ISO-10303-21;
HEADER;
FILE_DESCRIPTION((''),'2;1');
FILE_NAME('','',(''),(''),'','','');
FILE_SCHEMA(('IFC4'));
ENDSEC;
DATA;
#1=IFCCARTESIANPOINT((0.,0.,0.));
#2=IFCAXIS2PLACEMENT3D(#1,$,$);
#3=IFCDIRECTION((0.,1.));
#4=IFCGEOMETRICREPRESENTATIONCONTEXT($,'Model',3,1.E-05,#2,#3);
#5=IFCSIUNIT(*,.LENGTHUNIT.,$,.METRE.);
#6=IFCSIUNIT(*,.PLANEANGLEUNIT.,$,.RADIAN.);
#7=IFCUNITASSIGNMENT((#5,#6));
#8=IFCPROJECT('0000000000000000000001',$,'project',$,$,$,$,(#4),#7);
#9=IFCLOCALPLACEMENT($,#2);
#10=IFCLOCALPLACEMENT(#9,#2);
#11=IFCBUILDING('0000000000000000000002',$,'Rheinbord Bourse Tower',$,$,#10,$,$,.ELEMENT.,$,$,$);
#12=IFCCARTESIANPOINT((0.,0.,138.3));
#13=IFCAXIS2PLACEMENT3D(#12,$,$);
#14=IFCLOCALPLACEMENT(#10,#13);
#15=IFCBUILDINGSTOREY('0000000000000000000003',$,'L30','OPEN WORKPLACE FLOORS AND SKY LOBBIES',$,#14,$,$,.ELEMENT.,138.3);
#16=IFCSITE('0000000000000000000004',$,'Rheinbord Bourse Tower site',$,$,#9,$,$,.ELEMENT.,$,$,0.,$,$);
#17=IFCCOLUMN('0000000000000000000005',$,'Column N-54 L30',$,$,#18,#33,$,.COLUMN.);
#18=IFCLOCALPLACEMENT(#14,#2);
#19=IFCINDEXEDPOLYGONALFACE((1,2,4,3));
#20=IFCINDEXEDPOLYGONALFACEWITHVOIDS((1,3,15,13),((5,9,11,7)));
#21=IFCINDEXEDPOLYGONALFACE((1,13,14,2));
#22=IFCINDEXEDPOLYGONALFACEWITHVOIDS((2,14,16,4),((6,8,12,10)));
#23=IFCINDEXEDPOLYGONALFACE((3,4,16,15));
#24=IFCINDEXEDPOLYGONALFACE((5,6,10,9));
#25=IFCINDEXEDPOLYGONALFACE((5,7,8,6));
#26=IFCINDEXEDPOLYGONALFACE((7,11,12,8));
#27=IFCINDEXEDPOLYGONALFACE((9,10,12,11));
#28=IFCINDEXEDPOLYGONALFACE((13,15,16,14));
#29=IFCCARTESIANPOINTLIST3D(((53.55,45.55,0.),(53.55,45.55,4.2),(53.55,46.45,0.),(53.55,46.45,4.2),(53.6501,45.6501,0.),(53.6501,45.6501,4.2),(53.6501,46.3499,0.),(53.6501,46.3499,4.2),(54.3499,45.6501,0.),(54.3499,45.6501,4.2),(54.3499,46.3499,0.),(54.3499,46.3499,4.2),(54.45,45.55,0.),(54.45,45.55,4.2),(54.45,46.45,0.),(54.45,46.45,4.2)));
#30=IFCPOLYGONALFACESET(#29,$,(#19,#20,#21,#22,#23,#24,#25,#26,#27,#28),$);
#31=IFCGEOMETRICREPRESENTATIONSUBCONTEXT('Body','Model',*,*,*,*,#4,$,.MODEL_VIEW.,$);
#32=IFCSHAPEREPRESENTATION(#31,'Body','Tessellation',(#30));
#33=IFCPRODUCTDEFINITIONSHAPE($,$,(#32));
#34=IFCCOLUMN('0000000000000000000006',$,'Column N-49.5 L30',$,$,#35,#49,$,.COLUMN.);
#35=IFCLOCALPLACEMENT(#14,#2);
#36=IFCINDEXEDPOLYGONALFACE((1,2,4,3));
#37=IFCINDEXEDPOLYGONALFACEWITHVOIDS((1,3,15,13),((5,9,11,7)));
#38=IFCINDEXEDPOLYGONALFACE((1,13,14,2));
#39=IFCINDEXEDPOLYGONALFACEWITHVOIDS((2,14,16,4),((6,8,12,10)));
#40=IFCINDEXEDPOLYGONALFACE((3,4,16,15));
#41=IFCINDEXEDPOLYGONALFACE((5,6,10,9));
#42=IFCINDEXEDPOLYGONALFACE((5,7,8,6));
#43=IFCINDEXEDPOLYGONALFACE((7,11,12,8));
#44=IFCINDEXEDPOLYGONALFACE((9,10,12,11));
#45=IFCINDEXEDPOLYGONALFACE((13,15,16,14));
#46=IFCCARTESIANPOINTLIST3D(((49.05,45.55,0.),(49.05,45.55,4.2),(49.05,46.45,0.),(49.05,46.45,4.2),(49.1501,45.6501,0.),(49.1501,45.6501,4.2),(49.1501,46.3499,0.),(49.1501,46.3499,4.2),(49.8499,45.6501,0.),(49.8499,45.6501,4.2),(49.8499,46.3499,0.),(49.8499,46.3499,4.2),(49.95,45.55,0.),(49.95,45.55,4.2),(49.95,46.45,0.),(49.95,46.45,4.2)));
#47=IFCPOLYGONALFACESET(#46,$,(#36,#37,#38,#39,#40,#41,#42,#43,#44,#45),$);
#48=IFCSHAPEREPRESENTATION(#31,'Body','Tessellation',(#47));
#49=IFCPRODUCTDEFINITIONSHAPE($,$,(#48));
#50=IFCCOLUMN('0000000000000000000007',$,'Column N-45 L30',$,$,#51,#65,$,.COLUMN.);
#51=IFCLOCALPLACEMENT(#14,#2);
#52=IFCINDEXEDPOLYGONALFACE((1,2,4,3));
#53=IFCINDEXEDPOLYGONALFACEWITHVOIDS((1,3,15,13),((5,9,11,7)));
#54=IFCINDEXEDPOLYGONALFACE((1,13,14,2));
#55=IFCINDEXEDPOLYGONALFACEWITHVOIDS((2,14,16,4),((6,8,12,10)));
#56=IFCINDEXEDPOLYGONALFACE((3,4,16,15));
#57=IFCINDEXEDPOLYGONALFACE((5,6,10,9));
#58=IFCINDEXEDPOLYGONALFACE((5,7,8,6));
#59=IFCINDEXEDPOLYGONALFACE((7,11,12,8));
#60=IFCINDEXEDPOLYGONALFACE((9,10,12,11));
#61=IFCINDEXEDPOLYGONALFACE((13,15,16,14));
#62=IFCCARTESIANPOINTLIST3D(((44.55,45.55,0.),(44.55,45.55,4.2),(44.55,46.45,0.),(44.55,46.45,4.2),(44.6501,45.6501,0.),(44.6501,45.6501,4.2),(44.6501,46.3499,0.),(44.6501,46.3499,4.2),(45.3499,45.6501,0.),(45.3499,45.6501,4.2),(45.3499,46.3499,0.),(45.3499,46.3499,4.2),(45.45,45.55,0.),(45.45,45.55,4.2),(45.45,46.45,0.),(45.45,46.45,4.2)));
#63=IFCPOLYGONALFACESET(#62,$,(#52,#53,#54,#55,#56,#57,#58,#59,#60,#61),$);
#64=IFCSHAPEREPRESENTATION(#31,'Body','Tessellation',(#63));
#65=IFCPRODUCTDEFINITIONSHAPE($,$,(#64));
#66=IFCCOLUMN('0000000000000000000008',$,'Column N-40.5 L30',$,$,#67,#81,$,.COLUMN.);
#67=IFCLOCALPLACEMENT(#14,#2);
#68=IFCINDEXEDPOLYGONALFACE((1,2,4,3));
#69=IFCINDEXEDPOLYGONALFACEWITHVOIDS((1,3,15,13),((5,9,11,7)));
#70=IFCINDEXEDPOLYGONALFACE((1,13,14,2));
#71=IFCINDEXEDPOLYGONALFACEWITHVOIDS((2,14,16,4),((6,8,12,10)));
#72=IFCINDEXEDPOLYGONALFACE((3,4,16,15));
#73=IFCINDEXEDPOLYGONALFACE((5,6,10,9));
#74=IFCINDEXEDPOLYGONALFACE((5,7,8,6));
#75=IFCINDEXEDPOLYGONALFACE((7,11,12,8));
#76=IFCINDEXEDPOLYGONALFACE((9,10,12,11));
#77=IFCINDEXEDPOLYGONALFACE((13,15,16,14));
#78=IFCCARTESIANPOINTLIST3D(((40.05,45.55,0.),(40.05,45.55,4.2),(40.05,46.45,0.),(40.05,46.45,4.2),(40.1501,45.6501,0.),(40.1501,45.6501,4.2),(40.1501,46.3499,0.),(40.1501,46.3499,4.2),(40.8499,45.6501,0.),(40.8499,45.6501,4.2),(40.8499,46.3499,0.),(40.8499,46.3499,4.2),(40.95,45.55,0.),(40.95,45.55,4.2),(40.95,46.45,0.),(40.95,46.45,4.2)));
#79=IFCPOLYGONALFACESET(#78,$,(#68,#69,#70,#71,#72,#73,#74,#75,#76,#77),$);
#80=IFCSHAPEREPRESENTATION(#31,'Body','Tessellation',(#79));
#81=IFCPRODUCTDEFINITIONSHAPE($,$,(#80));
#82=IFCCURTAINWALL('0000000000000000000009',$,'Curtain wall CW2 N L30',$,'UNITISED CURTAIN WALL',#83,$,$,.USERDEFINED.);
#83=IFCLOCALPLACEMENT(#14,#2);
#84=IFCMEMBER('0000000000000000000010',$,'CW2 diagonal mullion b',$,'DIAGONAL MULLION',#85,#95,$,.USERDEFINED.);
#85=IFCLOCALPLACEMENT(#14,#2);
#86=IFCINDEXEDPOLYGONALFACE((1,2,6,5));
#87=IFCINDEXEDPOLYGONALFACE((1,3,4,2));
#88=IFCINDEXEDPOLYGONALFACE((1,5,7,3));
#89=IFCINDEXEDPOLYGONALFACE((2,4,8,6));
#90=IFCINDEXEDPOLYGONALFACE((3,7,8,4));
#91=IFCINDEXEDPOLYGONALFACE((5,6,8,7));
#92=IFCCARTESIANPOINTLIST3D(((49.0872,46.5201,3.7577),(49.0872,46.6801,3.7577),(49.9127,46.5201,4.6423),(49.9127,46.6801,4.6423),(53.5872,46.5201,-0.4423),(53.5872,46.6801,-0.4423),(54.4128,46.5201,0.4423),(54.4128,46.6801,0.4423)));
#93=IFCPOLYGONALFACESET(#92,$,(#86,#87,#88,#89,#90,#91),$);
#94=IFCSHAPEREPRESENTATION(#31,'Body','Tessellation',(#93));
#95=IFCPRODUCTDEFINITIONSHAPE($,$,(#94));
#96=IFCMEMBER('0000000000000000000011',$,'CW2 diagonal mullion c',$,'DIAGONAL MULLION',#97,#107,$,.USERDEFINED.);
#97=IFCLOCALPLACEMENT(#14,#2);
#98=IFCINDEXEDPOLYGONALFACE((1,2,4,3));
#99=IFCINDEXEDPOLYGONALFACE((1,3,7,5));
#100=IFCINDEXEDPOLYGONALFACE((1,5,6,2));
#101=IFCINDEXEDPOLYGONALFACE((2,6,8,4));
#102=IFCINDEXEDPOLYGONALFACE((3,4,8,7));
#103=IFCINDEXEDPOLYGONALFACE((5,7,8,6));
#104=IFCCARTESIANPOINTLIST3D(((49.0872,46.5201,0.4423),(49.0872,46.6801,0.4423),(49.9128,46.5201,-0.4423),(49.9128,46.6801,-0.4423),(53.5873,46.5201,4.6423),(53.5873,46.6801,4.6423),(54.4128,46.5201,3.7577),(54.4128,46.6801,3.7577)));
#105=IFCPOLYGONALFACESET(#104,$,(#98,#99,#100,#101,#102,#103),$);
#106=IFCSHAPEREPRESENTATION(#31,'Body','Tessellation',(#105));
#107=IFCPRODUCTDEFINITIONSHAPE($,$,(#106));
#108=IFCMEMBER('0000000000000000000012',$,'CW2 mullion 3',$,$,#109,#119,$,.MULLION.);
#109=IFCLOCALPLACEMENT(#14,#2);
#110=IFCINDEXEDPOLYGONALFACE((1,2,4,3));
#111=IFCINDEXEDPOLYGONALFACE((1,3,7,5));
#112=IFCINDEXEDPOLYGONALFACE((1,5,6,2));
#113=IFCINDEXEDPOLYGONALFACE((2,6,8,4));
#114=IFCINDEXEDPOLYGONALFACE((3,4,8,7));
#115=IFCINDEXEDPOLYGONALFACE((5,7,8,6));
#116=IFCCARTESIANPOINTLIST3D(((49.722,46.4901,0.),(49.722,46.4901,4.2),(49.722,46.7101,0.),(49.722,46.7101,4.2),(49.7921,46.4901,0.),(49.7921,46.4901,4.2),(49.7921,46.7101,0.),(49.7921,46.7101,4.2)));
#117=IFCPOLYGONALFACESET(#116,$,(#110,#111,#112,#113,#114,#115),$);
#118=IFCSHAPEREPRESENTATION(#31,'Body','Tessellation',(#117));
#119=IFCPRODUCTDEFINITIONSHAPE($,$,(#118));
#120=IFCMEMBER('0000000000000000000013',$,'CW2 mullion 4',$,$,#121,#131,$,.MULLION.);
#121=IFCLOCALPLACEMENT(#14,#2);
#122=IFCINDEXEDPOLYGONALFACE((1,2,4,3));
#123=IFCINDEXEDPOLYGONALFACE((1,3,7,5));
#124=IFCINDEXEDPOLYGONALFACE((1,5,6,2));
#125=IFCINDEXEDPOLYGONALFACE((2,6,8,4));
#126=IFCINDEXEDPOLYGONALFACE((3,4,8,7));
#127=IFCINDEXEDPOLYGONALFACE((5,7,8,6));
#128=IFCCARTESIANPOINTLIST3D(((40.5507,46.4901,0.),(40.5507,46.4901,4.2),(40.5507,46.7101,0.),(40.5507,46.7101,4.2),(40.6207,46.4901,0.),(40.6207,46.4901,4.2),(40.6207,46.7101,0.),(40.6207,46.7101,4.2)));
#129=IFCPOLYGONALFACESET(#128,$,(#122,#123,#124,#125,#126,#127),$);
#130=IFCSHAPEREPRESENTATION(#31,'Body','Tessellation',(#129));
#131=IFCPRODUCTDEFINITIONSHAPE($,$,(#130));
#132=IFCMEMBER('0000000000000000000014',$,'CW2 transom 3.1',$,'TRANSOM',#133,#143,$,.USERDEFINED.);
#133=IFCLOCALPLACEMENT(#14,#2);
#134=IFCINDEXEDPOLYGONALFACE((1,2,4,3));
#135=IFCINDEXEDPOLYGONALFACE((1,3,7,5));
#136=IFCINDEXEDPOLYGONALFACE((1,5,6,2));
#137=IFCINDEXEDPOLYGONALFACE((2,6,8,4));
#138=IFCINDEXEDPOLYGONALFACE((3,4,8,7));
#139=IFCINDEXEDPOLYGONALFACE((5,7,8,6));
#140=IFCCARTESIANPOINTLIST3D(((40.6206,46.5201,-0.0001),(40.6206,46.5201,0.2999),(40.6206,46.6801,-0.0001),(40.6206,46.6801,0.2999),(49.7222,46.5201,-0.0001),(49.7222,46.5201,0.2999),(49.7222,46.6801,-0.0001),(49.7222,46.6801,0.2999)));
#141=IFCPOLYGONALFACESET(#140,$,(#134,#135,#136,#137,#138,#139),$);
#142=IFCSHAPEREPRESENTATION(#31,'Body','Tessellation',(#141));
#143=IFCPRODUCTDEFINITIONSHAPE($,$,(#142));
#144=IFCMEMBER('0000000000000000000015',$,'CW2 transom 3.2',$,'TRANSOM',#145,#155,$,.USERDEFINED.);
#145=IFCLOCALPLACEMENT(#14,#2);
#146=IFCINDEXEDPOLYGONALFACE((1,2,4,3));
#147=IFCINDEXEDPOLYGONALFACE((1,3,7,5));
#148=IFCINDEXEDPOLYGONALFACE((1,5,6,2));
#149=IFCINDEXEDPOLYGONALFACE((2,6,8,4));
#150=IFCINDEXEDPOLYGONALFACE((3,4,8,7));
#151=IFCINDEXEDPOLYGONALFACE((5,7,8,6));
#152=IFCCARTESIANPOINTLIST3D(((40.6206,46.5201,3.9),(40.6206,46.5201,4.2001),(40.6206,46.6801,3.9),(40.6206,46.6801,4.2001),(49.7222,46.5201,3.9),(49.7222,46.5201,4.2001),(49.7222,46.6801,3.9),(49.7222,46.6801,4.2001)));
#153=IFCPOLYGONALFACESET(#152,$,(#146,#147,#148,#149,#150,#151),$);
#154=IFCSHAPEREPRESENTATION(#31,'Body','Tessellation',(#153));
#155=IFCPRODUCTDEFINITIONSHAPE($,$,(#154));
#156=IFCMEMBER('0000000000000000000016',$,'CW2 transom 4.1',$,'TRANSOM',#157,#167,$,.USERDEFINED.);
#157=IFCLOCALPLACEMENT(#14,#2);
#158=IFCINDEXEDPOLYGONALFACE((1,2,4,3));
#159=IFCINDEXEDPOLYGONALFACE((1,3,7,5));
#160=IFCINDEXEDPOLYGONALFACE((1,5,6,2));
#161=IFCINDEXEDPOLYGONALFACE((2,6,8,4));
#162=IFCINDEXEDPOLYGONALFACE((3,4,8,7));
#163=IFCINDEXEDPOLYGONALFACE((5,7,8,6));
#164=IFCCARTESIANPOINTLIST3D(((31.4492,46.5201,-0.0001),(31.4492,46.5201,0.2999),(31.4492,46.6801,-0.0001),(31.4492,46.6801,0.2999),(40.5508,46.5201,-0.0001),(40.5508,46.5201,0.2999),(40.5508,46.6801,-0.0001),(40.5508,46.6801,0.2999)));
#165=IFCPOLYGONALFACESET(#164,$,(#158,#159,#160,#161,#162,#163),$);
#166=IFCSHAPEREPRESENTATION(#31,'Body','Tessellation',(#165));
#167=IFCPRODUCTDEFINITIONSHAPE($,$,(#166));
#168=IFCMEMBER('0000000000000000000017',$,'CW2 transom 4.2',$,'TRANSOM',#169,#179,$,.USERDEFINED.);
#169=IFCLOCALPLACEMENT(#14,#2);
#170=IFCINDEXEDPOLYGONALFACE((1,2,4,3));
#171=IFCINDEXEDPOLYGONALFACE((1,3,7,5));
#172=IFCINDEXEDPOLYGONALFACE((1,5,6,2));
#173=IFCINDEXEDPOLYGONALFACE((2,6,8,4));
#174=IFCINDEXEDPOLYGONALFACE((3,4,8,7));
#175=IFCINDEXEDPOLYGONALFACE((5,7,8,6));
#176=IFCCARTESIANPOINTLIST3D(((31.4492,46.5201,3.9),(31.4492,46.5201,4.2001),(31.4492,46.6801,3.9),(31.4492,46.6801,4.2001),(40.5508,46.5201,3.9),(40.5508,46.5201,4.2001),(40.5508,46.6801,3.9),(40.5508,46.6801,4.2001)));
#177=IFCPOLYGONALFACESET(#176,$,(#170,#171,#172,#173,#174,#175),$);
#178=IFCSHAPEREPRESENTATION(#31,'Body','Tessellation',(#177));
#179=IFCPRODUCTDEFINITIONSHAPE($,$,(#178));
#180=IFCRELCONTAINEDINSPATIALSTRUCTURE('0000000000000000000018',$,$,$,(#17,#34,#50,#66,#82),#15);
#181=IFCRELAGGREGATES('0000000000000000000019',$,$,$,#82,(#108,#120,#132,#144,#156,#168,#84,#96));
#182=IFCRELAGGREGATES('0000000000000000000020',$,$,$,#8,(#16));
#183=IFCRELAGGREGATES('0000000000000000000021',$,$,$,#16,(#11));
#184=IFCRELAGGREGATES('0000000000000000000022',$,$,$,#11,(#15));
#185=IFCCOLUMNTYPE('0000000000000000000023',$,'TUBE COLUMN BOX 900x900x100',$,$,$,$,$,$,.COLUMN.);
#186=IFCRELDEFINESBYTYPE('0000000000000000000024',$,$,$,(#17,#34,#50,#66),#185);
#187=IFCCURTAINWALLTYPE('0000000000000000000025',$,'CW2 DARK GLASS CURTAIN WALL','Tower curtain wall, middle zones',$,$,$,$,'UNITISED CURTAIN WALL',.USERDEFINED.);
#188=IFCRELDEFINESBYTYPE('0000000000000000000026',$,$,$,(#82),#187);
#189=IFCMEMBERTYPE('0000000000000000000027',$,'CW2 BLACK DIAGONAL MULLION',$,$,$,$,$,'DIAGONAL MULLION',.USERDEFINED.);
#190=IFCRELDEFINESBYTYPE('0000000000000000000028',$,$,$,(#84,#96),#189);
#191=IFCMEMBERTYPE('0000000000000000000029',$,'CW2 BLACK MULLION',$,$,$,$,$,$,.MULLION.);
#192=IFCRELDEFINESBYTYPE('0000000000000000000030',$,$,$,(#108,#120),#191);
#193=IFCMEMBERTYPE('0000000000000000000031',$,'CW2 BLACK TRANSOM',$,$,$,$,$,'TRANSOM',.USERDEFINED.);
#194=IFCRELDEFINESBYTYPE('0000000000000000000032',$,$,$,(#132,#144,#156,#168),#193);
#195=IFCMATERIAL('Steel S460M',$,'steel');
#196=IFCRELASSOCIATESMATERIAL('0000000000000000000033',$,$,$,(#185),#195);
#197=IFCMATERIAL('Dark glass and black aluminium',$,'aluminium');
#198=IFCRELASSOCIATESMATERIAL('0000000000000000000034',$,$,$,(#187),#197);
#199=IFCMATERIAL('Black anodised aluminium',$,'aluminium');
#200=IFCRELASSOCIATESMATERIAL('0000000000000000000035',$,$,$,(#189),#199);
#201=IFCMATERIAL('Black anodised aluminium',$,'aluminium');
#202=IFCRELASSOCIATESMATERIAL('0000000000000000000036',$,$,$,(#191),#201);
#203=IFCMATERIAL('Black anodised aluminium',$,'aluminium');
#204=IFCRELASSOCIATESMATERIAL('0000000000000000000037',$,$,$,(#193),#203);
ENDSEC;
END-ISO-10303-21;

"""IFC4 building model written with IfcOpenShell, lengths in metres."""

from ifc_helpers import new_model, si_unit, direction, frame, origin, origin_2d, place, context, subcontext, project, spatial, rectangle, hollow_rectangle, extrude, material, material_profile, profile_set, type_object, element, aggregate, save


model = new_model("IFC4")

# Units and contexts
model_context = context("Model", 3, precision=1e-05, world=origin(), true_north=direction((0.0, 1.0)))
body_context = subcontext(model_context, "Body", "Model", "MODEL_VIEW")
ifc_project = project(units=[si_unit("LENGTHUNIT", "METRE"), si_unit("PLANEANGLEUNIT", "RADIAN")], contexts=[model_context])

# Site, building, storey
site_placement = place(None, origin())
site = spatial("IfcSite", under=ifc_project, at=site_placement, Name="Rheinbord Bourse Tower site", CompositionType="ELEMENT", RefElevation=0.0)
building_placement = place(site_placement, origin())
building = spatial("IfcBuilding", under=site, at=building_placement, Name="Rheinbord Bourse Tower", CompositionType="ELEMENT")
storey_placement = place(building_placement, frame((0.0, 0.0, 138.3)))
storey = spatial("IfcBuildingStorey", under=building, at=storey_placement, Name="L30", Description="OPEN WORKPLACE FLOORS AND SKY LOBBIES", CompositionType="ELEMENT", Elevation=138.3)

# Columns
ifc_material_1 = material(Name="Steel S460M", Category="steel")
ifc_material_profile_1 = material_profile(ifc_material_1, hollow_rectangle(XDim=0.8999, YDim=0.8999, WallThickness=0.1001, at=origin_2d()), Name="BOX 900x900x100")
ifc_profile_set_1 = profile_set([ifc_material_profile_1], Name="Steel S460M")
column_type = type_object("IfcColumnType", Name="TUBE COLUMN BOX 900x900x100", PredefinedType="COLUMN", material=ifc_profile_set_1)
for number, where, z_axis, x_axis, name in (
    (1, (54.0, 46.0, 0.0), (0.0, 0.0, 1.0), (0.0, 1.0, 0.0), "Column N-54 L30"),
    (2, (49.5, 46.0, 0.0), (0.0, 0.0, 1.0), (0.0, 1.0, 0.0), "Column N-49.5 L30"),
    (3, (45.0, 46.0, 0.0), (0.0, 0.0, 1.0), (0.0, 1.0, 0.0), "Column N-45 L30"),
    (4, (40.5, 46.0, 0.0), (0.0, 0.0, 1.0), (0.0, 1.0, 0.0), "Column N-40.5 L30"),
):
    element("IfcColumn", number, at=place(storey_placement, frame(where, z_axis=z_axis, x_axis=x_axis)), inside=storey, type_object=column_type, Name=name, PredefinedType="COLUMN", context=body_context, shape_type="SweptSolid", body=[
        extrude(hollow_rectangle(XDim=0.8999, YDim=0.8999, WallThickness=0.1001, at=origin_2d()), origin(), (0.0, 0.0, 1.0), 4.2),
    ])

# Curtain wall, members
ifc_material_2 = material(Name="Dark glass and black aluminium", Category="aluminium")
curtain_wall_type = type_object("IfcCurtainWallType", Name="CW2 DARK GLASS CURTAIN WALL", Description="Tower curtain wall, middle zones", ElementType="UNITISED CURTAIN WALL", PredefinedType="USERDEFINED", material=ifc_material_2)
curtain_wall_placement = place(storey_placement, origin())
curtain_wall = element("IfcCurtainWall", 5, at=curtain_wall_placement, inside=storey, type_object=curtain_wall_type, Name="Curtain wall CW2 N L30", ObjectType="UNITISED CURTAIN WALL", PredefinedType="USERDEFINED")
ifc_material_3 = material(Name="Black anodised aluminium", Category="aluminium")
ifc_material_profile_2 = material_profile(ifc_material_3, rectangle(XDim=0.1599, YDim=1.21, at=origin_2d()), Name="CW2 DIAGONAL MULLION 1210x160")
ifc_profile_set_2 = profile_set([ifc_material_profile_2], Name="Black anodised aluminium")
member_type_1 = type_object("IfcMemberType", Name="CW2 BLACK DIAGONAL MULLION", ElementType="DIAGONAL MULLION", PredefinedType="USERDEFINED", material=ifc_profile_set_2)
member_1_placement = place(storey_placement, frame((54.0, 46.6001, 0.0), z_axis=(-0.731059, 0.0, 0.682314), x_axis=(0.0, -1.0, 0.0)))
member_1 = element("IfcMember", 6, at=member_1_placement, type_object=member_type_1, Name="CW2 diagonal mullion b", ObjectType="DIAGONAL MULLION", PredefinedType="USERDEFINED", context=body_context, shape_type="SweptSolid", body=[
    extrude(rectangle(XDim=0.1599, YDim=1.21, at=origin_2d()), origin(), (0.0, 0.0, 1.0), 6.1555),
])
member_2_placement = place(storey_placement, frame((49.5, 46.6001, 0.0), z_axis=(0.731059, 0.0, 0.682314), x_axis=(0.0, 1.0, 0.0)))
member_2 = element("IfcMember", 7, at=member_2_placement, type_object=member_type_1, Name="CW2 diagonal mullion c", ObjectType="DIAGONAL MULLION", PredefinedType="USERDEFINED", context=body_context, shape_type="SweptSolid", body=[
    extrude(rectangle(XDim=0.1599, YDim=1.21, at=origin_2d()), origin(), (0.0, 0.0, 1.0), 6.1555),
])
ifc_material_4 = material(Name="Black anodised aluminium", Category="aluminium")
ifc_material_profile_3 = material_profile(ifc_material_4, rectangle(XDim=0.22, YDim=0.0701, at=origin_2d()), Name="CW2 MULLION 70x220")
ifc_profile_set_3 = profile_set([ifc_material_profile_3], Name="Black anodised aluminium")
member_type_2 = type_object("IfcMemberType", Name="CW2 BLACK MULLION", PredefinedType="MULLION", material=ifc_profile_set_3)
member_3_placement = place(storey_placement, frame((49.7571, 46.6001, 0.0), z_axis=(0.0, 0.0, 1.0), x_axis=(0.0, -1.0, 0.0)))
member_3 = element("IfcMember", 8, at=member_3_placement, type_object=member_type_2, Name="CW2 mullion 3", PredefinedType="MULLION", context=body_context, shape_type="SweptSolid", body=[
    extrude(rectangle(XDim=0.22, YDim=0.0701, at=origin_2d()), origin(), (0.0, 0.0, 1.0), 4.2),
])
member_4_placement = place(storey_placement, frame((40.5857, 46.6001, 0.0), z_axis=(0.0, 0.0, 1.0), x_axis=(0.0, -1.0, 0.0)))
member_4 = element("IfcMember", 9, at=member_4_placement, type_object=member_type_2, Name="CW2 mullion 4", PredefinedType="MULLION", context=body_context, shape_type="SweptSolid", body=[
    extrude(rectangle(XDim=0.22, YDim=0.0701, at=origin_2d()), origin(), (0.0, 0.0, 1.0), 4.2),
])
ifc_material_5 = material(Name="Black anodised aluminium", Category="aluminium")
ifc_material_profile_4 = material_profile(ifc_material_5, rectangle(XDim=0.1599, YDim=0.3, at=origin_2d()), Name="CW2 TRANSOM 300x160")
ifc_profile_set_4 = profile_set([ifc_material_profile_4], Name="Black anodised aluminium")
member_type_3 = type_object("IfcMemberType", Name="CW2 BLACK TRANSOM", ElementType="TRANSOM", PredefinedType="USERDEFINED", material=ifc_profile_set_4)
member_5_placement = place(storey_placement, frame((49.7222, 46.6001, 0.1499), z_axis=(-1.0, 0.0, 0.0), x_axis=(0.0, -1.0, 0.0)))
member_5 = element("IfcMember", 10, at=member_5_placement, type_object=member_type_3, Name="CW2 transom 3.1", ObjectType="TRANSOM", PredefinedType="USERDEFINED", context=body_context, shape_type="SweptSolid", body=[
    extrude(rectangle(XDim=0.1599, YDim=0.3, at=origin_2d()), origin(), (0.0, 0.0, 1.0), 9.1016),
])
member_6_placement = place(storey_placement, frame((49.7222, 46.6001, 4.05), z_axis=(-1.0, 0.0, 0.0), x_axis=(0.0, -1.0, 0.0)))
member_6 = element("IfcMember", 11, at=member_6_placement, type_object=member_type_3, Name="CW2 transom 3.2", ObjectType="TRANSOM", PredefinedType="USERDEFINED", context=body_context, shape_type="SweptSolid", body=[
    extrude(rectangle(XDim=0.1599, YDim=0.3, at=origin_2d()), origin(), (0.0, 0.0, 1.0), 9.1016),
])
member_7_placement = place(storey_placement, frame((40.5508, 46.6001, 0.1499), z_axis=(-1.0, 0.0, 0.0), x_axis=(0.0, -1.0, 0.0)))
member_7 = element("IfcMember", 12, at=member_7_placement, type_object=member_type_3, Name="CW2 transom 4.1", ObjectType="TRANSOM", PredefinedType="USERDEFINED", context=body_context, shape_type="SweptSolid", body=[
    extrude(rectangle(XDim=0.1599, YDim=0.3, at=origin_2d()), origin(), (0.0, 0.0, 1.0), 9.1016),
])
member_8_placement = place(storey_placement, frame((40.5508, 46.6001, 4.05), z_axis=(-1.0, 0.0, 0.0), x_axis=(0.0, -1.0, 0.0)))
member_8 = element("IfcMember", 13, at=member_8_placement, type_object=member_type_3, Name="CW2 transom 4.2", ObjectType="TRANSOM", PredefinedType="USERDEFINED", context=body_context, shape_type="SweptSolid", body=[
    extrude(rectangle(XDim=0.1599, YDim=0.3, at=origin_2d()), origin(), (0.0, 0.0, 1.0), 9.1016),
])

aggregate(curtain_wall, [member_3, member_4, member_5, member_6, member_7, member_8, member_1, member_2])

save(model, "model.ifc")
